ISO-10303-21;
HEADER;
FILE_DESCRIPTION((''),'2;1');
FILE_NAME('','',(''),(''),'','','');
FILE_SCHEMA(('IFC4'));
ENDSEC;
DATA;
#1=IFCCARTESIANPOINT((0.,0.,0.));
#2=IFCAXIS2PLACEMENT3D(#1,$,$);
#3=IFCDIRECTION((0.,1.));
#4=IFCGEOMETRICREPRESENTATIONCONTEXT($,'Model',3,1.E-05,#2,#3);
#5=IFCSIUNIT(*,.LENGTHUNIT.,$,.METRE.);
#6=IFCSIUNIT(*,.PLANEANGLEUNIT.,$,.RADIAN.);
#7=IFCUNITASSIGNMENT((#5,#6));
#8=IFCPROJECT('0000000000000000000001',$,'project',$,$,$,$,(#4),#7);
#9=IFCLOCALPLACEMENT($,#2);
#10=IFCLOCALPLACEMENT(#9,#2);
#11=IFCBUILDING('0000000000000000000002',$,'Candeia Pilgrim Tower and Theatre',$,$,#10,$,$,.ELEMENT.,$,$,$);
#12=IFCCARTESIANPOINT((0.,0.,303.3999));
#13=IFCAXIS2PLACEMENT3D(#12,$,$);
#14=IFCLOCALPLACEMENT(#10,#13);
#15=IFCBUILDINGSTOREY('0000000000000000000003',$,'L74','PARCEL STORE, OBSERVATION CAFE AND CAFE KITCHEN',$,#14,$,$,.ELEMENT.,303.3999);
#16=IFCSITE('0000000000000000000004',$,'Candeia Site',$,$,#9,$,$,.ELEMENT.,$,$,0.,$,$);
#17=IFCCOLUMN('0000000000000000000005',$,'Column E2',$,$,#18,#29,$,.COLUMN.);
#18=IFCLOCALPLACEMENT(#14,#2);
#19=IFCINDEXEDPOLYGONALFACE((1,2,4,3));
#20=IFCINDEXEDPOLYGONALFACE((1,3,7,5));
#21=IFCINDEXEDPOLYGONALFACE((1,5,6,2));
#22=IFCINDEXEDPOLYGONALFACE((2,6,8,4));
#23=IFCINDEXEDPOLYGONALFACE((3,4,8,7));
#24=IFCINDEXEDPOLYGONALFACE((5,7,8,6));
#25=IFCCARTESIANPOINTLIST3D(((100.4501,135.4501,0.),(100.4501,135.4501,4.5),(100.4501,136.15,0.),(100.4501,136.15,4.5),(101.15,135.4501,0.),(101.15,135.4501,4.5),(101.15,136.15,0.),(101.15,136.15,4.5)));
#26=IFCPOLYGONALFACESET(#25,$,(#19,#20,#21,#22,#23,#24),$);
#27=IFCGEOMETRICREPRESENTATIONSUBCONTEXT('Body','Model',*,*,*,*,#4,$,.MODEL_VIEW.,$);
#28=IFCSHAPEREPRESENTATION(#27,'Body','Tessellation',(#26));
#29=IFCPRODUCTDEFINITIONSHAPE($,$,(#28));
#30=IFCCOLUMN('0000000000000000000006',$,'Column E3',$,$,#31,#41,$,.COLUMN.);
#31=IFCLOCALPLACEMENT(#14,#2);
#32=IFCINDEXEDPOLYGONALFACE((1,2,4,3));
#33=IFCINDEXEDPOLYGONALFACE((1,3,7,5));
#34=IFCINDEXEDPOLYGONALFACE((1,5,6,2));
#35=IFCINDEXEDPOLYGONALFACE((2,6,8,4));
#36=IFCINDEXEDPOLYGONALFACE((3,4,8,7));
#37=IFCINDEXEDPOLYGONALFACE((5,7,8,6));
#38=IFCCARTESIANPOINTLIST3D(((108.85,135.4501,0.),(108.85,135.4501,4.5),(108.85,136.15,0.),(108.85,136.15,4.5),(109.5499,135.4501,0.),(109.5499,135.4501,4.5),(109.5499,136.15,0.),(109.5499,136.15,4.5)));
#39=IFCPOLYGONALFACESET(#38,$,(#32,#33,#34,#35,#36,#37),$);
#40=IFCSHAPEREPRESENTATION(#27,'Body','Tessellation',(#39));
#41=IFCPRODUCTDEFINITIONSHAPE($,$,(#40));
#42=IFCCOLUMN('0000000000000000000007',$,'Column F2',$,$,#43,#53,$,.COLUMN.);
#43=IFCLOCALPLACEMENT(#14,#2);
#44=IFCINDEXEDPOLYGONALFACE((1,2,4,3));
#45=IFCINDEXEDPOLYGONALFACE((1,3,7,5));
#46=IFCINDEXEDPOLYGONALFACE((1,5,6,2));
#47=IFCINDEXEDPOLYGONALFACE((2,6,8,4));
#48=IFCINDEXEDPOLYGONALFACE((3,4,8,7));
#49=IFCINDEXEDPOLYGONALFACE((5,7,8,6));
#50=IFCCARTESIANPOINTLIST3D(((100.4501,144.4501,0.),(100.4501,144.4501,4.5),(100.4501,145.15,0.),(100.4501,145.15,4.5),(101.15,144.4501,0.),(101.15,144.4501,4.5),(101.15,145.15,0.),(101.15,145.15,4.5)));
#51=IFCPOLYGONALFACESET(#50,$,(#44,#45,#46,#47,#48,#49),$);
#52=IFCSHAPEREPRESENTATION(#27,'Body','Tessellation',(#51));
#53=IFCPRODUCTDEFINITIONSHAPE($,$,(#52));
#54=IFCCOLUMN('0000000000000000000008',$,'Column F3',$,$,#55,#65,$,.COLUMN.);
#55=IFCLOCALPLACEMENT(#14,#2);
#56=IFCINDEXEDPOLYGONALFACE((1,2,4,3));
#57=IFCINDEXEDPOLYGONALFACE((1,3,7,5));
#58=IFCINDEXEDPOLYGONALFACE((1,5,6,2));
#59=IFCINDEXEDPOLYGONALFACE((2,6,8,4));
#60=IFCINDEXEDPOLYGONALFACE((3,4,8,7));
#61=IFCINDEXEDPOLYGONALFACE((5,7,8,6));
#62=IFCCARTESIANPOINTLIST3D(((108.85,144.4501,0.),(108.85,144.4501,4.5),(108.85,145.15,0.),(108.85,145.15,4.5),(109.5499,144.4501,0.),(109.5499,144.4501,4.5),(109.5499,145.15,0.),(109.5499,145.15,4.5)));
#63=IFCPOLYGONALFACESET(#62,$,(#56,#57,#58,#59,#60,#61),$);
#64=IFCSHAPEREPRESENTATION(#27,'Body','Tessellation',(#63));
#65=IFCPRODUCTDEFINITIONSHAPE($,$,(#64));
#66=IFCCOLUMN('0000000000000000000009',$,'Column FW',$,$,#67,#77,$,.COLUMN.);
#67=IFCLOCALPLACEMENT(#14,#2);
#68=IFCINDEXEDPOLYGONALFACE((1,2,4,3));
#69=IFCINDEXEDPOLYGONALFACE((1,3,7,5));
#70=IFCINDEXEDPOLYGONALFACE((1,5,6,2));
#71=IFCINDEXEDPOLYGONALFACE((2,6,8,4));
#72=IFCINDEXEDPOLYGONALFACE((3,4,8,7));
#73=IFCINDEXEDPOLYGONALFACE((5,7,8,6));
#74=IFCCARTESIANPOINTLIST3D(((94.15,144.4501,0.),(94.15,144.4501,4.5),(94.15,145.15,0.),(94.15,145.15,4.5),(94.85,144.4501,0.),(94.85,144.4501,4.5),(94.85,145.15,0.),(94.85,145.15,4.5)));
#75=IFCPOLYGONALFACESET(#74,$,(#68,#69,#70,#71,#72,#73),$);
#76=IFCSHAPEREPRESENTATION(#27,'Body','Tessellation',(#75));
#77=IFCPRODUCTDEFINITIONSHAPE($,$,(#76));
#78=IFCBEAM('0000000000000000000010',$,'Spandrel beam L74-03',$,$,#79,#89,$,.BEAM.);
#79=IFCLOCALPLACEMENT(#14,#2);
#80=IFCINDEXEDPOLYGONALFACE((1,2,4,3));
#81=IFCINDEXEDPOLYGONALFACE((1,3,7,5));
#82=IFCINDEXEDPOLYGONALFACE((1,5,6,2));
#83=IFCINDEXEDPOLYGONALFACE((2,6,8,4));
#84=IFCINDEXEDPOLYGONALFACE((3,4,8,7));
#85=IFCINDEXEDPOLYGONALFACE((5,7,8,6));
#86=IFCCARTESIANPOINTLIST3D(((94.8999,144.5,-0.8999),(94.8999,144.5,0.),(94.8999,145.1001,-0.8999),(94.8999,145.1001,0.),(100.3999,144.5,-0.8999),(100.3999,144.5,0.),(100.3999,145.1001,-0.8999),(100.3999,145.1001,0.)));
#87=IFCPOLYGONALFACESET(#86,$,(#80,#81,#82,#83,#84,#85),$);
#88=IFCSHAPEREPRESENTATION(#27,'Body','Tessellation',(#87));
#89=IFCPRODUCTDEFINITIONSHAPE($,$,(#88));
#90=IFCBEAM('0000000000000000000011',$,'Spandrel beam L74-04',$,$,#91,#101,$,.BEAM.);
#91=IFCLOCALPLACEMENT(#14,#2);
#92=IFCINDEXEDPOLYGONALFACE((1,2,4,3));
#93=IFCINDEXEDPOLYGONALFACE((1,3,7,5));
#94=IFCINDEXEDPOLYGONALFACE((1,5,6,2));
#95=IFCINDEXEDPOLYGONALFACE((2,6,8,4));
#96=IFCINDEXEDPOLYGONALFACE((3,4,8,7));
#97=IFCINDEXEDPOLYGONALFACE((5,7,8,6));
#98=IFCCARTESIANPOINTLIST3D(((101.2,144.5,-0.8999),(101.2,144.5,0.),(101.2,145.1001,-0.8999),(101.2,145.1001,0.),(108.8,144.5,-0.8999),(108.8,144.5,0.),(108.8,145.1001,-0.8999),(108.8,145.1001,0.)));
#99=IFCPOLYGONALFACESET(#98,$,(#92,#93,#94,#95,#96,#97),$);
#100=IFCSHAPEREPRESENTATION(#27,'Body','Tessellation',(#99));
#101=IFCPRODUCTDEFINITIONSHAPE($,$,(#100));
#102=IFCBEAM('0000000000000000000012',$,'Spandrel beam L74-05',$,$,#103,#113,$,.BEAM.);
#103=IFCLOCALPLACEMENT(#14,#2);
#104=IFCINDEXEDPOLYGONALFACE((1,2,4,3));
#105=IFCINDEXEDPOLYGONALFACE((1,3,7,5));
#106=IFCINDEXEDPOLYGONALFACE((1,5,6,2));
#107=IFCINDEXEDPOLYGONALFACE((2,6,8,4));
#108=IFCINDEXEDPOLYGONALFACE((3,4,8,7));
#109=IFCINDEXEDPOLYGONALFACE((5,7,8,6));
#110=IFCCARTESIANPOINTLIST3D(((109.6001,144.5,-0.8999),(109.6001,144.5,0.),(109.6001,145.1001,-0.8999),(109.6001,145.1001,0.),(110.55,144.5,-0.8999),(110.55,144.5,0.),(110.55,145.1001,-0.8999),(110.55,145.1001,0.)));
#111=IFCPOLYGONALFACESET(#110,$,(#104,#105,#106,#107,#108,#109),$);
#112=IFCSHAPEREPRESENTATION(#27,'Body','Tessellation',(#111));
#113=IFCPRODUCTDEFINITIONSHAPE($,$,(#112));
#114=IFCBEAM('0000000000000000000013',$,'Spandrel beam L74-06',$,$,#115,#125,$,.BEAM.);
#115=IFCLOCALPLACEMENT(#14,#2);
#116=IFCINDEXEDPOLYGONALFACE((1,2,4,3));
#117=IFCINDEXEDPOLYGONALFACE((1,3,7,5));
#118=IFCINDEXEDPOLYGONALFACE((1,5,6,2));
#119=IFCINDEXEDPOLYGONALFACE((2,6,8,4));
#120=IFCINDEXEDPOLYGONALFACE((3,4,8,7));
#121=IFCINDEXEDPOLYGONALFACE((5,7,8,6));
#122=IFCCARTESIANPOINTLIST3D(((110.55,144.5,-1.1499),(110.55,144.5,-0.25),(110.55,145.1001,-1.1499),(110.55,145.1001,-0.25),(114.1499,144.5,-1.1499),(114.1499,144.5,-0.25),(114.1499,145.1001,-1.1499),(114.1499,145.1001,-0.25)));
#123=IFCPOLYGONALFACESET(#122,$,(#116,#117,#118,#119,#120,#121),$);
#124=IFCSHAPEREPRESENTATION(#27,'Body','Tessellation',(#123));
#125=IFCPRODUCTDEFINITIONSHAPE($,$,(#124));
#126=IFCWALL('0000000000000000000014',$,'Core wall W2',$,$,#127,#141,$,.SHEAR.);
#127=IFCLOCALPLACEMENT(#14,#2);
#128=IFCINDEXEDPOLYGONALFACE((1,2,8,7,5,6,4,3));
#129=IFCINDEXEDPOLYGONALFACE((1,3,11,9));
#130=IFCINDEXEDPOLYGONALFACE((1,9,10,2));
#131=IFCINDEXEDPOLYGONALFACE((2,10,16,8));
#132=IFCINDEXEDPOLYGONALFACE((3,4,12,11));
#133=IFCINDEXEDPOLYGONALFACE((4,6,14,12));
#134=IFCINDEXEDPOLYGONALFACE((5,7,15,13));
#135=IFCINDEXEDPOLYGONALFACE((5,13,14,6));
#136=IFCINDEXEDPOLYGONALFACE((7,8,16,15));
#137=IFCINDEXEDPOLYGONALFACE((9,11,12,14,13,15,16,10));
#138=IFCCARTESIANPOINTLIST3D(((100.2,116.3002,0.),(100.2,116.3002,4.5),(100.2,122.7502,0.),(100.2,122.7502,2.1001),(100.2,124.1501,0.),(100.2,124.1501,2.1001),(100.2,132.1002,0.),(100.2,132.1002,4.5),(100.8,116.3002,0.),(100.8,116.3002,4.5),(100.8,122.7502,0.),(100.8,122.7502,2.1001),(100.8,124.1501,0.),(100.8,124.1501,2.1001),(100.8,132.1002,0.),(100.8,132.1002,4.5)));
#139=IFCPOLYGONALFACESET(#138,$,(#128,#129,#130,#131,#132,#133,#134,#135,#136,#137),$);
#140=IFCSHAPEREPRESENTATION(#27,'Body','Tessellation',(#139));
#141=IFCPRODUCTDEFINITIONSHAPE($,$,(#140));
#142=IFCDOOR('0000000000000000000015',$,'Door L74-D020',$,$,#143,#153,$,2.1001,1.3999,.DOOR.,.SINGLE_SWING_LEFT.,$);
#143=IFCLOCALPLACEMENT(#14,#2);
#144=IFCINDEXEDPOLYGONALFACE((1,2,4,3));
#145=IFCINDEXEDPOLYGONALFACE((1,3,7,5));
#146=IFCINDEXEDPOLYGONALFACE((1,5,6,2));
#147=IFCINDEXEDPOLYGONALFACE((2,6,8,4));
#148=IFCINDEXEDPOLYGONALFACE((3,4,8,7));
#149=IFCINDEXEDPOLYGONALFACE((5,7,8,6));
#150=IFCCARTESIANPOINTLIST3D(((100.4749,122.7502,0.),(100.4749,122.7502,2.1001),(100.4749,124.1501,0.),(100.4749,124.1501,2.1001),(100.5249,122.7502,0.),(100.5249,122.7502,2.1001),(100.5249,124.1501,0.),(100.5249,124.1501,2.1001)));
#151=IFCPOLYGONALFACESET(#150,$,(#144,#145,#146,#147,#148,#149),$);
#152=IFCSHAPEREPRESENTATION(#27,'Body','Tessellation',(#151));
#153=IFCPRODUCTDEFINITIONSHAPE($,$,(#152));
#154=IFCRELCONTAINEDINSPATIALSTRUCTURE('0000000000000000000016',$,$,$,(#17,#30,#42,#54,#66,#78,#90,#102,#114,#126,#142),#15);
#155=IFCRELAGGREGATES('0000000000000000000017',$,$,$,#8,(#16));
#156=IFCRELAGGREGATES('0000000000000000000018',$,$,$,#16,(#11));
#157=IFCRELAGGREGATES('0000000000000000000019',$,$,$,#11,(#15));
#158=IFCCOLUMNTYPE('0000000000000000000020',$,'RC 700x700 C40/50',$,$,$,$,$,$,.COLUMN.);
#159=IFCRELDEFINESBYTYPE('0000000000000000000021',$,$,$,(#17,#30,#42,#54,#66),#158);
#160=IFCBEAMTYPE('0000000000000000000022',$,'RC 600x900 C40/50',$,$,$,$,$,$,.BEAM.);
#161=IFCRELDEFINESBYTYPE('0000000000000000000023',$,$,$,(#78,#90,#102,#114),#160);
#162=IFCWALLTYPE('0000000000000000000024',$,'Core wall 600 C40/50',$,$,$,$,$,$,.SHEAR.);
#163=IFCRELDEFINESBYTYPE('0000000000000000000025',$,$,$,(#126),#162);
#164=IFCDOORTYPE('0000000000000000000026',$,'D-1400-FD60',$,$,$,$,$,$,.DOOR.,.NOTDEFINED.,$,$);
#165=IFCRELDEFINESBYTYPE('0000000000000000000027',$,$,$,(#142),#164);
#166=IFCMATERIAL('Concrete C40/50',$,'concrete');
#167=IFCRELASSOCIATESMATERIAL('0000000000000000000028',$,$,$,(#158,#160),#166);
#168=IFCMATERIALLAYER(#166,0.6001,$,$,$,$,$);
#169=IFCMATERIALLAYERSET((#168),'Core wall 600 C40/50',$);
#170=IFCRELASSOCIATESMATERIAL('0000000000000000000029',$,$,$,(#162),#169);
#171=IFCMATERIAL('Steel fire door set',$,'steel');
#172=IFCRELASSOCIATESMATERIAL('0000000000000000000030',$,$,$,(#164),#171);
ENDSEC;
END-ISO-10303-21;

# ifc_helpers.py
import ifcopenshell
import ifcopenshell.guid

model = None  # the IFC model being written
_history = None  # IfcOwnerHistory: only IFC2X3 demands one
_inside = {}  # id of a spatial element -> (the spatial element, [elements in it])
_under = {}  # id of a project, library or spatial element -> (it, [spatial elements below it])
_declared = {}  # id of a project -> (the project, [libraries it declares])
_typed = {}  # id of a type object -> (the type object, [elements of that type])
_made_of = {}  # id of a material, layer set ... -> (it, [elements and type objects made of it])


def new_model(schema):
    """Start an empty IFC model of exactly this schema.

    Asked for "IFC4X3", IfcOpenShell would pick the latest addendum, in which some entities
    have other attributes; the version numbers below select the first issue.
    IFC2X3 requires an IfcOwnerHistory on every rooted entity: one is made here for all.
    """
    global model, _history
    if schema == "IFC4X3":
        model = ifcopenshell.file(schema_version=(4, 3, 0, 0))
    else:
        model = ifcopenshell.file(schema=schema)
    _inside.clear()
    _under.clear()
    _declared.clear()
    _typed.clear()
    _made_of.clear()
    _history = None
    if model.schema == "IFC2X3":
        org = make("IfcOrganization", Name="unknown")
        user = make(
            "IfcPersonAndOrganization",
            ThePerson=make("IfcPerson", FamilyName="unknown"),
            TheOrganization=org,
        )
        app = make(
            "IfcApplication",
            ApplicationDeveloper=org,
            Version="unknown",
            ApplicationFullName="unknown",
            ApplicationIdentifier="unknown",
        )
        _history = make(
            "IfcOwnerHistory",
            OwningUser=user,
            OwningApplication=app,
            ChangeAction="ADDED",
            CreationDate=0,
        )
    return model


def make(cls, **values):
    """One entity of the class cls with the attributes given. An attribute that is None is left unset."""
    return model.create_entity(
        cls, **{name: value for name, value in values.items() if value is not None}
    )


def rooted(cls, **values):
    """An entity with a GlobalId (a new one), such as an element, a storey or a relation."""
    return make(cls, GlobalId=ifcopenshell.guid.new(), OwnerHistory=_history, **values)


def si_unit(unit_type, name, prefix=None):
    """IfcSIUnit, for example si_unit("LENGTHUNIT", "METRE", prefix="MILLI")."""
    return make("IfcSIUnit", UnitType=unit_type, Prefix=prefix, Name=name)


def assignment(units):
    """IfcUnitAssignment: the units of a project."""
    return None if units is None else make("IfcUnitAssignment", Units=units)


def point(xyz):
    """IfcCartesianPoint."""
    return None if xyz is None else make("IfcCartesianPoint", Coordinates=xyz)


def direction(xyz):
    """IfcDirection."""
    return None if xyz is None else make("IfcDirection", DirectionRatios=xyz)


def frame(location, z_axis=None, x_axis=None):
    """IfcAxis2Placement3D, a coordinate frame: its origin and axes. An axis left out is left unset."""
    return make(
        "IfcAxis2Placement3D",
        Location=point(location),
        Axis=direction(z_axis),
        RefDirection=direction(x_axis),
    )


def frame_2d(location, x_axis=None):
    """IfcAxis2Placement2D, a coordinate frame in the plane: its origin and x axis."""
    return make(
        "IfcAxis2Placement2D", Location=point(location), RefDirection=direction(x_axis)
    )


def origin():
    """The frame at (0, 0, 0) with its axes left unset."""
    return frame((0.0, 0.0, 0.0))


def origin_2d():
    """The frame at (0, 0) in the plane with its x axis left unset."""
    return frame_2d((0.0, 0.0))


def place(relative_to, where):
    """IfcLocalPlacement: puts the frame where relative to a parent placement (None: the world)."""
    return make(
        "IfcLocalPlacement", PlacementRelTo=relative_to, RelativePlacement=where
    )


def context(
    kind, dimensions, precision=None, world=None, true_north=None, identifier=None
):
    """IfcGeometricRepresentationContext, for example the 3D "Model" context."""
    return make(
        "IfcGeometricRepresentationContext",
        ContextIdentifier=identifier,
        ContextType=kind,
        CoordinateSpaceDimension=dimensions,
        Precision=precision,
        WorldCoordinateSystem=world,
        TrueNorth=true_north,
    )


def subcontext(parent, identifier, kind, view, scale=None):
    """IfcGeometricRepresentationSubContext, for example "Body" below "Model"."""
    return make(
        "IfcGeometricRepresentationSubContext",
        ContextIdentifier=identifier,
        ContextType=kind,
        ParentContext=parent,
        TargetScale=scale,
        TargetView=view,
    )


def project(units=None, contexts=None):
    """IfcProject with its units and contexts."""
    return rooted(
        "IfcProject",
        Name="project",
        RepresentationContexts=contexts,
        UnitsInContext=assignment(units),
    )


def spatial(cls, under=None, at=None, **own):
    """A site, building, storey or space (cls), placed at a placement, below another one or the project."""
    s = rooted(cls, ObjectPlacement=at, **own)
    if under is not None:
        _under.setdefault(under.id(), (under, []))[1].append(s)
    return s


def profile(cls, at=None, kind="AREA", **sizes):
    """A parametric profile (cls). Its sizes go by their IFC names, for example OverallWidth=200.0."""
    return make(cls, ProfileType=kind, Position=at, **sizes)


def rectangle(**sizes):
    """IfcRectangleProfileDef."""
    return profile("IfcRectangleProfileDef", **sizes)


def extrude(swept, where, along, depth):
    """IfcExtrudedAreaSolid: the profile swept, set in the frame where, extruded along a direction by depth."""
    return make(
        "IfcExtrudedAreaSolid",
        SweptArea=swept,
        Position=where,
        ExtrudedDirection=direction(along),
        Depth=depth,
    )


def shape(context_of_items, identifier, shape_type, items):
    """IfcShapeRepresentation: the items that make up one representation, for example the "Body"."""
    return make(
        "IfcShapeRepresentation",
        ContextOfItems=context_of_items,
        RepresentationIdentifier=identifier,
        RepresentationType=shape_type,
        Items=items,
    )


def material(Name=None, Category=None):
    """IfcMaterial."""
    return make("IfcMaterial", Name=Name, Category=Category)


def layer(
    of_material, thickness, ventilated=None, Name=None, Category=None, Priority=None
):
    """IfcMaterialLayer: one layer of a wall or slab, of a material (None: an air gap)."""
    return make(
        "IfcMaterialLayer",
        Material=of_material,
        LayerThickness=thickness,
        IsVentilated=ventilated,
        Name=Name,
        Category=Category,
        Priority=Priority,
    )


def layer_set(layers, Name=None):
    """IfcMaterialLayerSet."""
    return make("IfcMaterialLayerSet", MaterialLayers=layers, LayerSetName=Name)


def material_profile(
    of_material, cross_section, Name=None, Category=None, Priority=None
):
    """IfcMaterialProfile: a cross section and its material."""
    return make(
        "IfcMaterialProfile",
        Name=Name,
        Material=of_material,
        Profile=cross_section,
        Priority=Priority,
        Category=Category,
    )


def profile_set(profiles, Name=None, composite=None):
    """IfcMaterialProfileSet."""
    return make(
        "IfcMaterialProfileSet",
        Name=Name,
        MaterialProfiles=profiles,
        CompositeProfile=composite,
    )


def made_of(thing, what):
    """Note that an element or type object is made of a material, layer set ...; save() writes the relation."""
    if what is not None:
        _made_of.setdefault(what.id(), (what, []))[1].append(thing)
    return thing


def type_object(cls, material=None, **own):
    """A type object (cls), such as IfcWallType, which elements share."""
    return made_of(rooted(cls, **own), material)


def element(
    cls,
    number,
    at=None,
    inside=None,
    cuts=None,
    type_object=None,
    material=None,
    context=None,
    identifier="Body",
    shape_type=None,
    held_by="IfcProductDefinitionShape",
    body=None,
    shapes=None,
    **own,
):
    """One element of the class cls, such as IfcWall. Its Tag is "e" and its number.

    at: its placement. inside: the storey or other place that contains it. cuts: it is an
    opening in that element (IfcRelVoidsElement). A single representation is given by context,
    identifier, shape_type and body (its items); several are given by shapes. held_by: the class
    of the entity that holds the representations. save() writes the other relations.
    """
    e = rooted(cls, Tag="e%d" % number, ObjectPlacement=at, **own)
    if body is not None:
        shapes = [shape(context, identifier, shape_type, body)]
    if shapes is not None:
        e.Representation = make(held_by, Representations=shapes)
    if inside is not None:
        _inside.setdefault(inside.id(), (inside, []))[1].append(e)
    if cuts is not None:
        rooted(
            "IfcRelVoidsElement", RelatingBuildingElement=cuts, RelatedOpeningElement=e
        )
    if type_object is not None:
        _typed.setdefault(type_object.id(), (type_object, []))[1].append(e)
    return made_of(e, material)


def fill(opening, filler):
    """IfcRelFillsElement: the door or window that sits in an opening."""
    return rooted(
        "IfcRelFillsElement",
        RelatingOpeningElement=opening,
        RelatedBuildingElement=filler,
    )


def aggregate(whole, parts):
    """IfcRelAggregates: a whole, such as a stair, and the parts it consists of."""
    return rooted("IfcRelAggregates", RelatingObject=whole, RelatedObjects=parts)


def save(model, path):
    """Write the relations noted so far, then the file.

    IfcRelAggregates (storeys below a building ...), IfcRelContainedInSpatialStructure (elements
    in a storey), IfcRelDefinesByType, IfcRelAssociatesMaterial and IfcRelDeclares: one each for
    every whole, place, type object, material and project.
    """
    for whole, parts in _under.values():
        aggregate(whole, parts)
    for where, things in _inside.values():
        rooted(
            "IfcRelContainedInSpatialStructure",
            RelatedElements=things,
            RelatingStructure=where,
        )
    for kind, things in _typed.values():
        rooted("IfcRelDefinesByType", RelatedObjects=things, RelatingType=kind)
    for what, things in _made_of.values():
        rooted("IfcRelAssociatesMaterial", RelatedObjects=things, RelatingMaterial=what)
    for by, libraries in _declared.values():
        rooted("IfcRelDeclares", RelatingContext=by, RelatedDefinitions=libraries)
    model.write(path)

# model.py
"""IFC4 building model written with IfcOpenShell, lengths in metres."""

from ifc_helpers import new_model, si_unit, direction, frame, frame_2d, origin, origin_2d, place, context, subcontext, project, spatial, rectangle, extrude, material, layer, layer_set, material_profile, profile_set, type_object, element, fill, save


model = new_model("IFC4")

# Units and contexts
model_context = context("Model", 3, precision=1e-05, world=origin(), true_north=direction((0.0, 1.0)))
body_context = subcontext(model_context, "Body", "Model", "MODEL_VIEW")
ifc_project = project(units=[si_unit("LENGTHUNIT", "METRE"), si_unit("PLANEANGLEUNIT", "RADIAN")], contexts=[model_context])

# Site, building, storey
site_placement = place(None, origin())
site = spatial("IfcSite", under=ifc_project, at=site_placement, Name="Candeia Site", CompositionType="ELEMENT", RefElevation=0.0)
building_placement = place(site_placement, origin())
building = spatial("IfcBuilding", under=site, at=building_placement, Name="Candeia Pilgrim Tower and Theatre", CompositionType="ELEMENT")
storey_placement = place(building_placement, frame((0.0, 0.0, 303.3999)))
storey = spatial("IfcBuildingStorey", under=building, at=storey_placement, Name="L74", Description="PARCEL STORE, OBSERVATION CAFE AND CAFE KITCHEN", CompositionType="ELEMENT", Elevation=303.3999)

# Columns
ifc_material_1 = material(Name="Concrete C40/50", Category="concrete")
ifc_material_profile_1 = material_profile(ifc_material_1, rectangle(XDim=0.7, YDim=0.7, at=origin_2d()))
ifc_profile_set_1 = profile_set([ifc_material_profile_1], Name="Concrete C40/50")
column_type = type_object("IfcColumnType", Name="RC 700x700 C40/50", PredefinedType="COLUMN", material=ifc_profile_set_1)
for number, where, z_axis, x_axis, name in (
    (1, (100.8, 135.8, 0.0), (0.0, 0.0, 1.0), (1.0, 0.0, 0.0), "Column E2"),
    (2, (109.2, 135.8, 0.0), (0.0, 0.0, 1.0), (1.0, 0.0, 0.0), "Column E3"),
    (3, (100.8, 144.8, 0.0), (0.0, 0.0, 1.0), (1.0, 0.0, 0.0), "Column F2"),
    (4, (109.2, 144.8, 0.0), (0.0, 0.0, 1.0), (1.0, 0.0, 0.0), "Column F3"),
    (5, (94.5, 144.8, 0.0), (0.0, 0.0, 1.0), (1.0, 0.0, 0.0), "Column FW"),
):
    element("IfcColumn", number, at=place(storey_placement, frame(where, z_axis=z_axis, x_axis=x_axis)), inside=storey, type_object=column_type, Name=name, PredefinedType="COLUMN", context=body_context, shape_type="SweptSolid", body=[
        extrude(rectangle(XDim=0.7, YDim=0.7, at=origin_2d()), origin(), (0.0, 0.0, 1.0), 4.5),
    ])

# Beams
ifc_material_profile_2 = material_profile(ifc_material_1, rectangle(XDim=0.6001, YDim=0.8999, at=origin_2d()))
ifc_profile_set_2 = profile_set([ifc_material_profile_2], Name="Concrete C40/50")
beam_type = type_object("IfcBeamType", Name="RC 600x900 C40/50", PredefinedType="BEAM", material=ifc_profile_set_2)
beam_1_placement = place(storey_placement, frame((94.8999, 144.8, -0.45), z_axis=(1.0, 0.0, 0.0), x_axis=(0.0, 1.0, 0.0)))
element("IfcBeam", 6, at=beam_1_placement, inside=storey, type_object=beam_type, Name="Spandrel beam L74-03", PredefinedType="BEAM", context=body_context, shape_type="SweptSolid", body=[
    extrude(rectangle(XDim=0.6001, YDim=0.8999, at=origin_2d()), origin(), (0.0, 0.0, 1.0), 5.5),
])
beam_2_placement = place(storey_placement, frame((101.2, 144.8, -0.45), z_axis=(1.0, 0.0, 0.0), x_axis=(0.0, 1.0, 0.0)))
element("IfcBeam", 7, at=beam_2_placement, inside=storey, type_object=beam_type, Name="Spandrel beam L74-04", PredefinedType="BEAM", context=body_context, shape_type="SweptSolid", body=[
    extrude(rectangle(XDim=0.6001, YDim=0.8999, at=origin_2d()), origin(), (0.0, 0.0, 1.0), 7.6001),
])
beam_3_placement = place(storey_placement, frame((109.6001, 144.8, -0.45), z_axis=(1.0, 0.0, 0.0), x_axis=(0.0, 1.0, 0.0)))
element("IfcBeam", 8, at=beam_3_placement, inside=storey, type_object=beam_type, Name="Spandrel beam L74-05", PredefinedType="BEAM", context=body_context, shape_type="SweptSolid", body=[
    extrude(rectangle(XDim=0.6001, YDim=0.8999, at=origin_2d()), origin(), (0.0, 0.0, 1.0), 0.95),
])
beam_4_placement = place(storey_placement, frame((110.55, 144.8, -0.7), z_axis=(1.0, 0.0, 0.0), x_axis=(0.0, 1.0, 0.0)))
element("IfcBeam", 9, at=beam_4_placement, inside=storey, type_object=beam_type, Name="Spandrel beam L74-06", PredefinedType="BEAM", context=body_context, shape_type="SweptSolid", body=[
    extrude(rectangle(XDim=0.6001, YDim=0.8999, at=origin_2d()), origin(), (0.0, 0.0, 1.0), 3.5999),
])

# Wall, opening, door
ifc_layer_1 = layer(ifc_material_1, 0.6001)
ifc_layer_set_1 = layer_set([ifc_layer_1], Name="Core wall 600 C40/50")
wall_type_1 = type_object("IfcWallType", Name="Core wall 600 C40/50", PredefinedType="SHEAR", material=ifc_layer_set_1)
wall_1_placement = place(storey_placement, frame((100.5, 132.1001, 0.0), z_axis=(0.0, 0.0, 1.0), x_axis=(0.0, -1.0, 0.0)))
wall_1 = element("IfcWall", 10, at=wall_1_placement, inside=storey, type_object=wall_type_1, Name="Core wall W2", PredefinedType="SHEAR", context=body_context, shape_type="SweptSolid", body=[
    extrude(rectangle(XDim=15.8, YDim=0.6001, at=frame_2d((7.8999, 0.0))), origin(), (0.0, 0.0, 1.0), 4.5),
])
opening_1_placement = place(wall_1_placement, frame((7.95, 0.0, 0.0)))
opening_1 = element("IfcOpeningElement", 11, at=opening_1_placement, cuts=wall_1, PredefinedType="OPENING", context=body_context, shape_type="SweptSolid", body=[
    extrude(rectangle(XDim=1.3999, YDim=2.1001, at=frame_2d((0.7, 1.05))), frame((0.0, 0.3101, 0.0), z_axis=(0.0, -1.0, 0.0), x_axis=(1.0, 0.0, 0.0)), (0.0, 0.0, 1.0), 0.6201),
])
ifc_material_2 = material(Name="Steel fire door set", Category="steel")
door_type_1 = type_object("IfcDoorType", Name="D-1400-FD60", OperationType="NOTDEFINED", PredefinedType="DOOR", material=ifc_material_2)
door_1_placement = place(opening_1_placement, origin())
door_1 = element("IfcDoor", 12, at=door_1_placement, inside=storey, type_object=door_type_1, Name="Door L74-D020", OperationType="SINGLE_SWING_LEFT", OverallHeight=2.1001, OverallWidth=1.3999, PredefinedType="DOOR", context=body_context, shape_type="SweptSolid", body=[
    extrude(rectangle(XDim=1.3999, YDim=2.1001, at=frame_2d((0.7, 1.05))), frame((0.0, 0.0249, 0.0), z_axis=(0.0, -1.0, 0.0), x_axis=(1.0, 0.0, 0.0)), (0.0, 0.0, 1.0), 0.05),
])
fill(opening_1, door_1)

save(model, "model.ifc")
